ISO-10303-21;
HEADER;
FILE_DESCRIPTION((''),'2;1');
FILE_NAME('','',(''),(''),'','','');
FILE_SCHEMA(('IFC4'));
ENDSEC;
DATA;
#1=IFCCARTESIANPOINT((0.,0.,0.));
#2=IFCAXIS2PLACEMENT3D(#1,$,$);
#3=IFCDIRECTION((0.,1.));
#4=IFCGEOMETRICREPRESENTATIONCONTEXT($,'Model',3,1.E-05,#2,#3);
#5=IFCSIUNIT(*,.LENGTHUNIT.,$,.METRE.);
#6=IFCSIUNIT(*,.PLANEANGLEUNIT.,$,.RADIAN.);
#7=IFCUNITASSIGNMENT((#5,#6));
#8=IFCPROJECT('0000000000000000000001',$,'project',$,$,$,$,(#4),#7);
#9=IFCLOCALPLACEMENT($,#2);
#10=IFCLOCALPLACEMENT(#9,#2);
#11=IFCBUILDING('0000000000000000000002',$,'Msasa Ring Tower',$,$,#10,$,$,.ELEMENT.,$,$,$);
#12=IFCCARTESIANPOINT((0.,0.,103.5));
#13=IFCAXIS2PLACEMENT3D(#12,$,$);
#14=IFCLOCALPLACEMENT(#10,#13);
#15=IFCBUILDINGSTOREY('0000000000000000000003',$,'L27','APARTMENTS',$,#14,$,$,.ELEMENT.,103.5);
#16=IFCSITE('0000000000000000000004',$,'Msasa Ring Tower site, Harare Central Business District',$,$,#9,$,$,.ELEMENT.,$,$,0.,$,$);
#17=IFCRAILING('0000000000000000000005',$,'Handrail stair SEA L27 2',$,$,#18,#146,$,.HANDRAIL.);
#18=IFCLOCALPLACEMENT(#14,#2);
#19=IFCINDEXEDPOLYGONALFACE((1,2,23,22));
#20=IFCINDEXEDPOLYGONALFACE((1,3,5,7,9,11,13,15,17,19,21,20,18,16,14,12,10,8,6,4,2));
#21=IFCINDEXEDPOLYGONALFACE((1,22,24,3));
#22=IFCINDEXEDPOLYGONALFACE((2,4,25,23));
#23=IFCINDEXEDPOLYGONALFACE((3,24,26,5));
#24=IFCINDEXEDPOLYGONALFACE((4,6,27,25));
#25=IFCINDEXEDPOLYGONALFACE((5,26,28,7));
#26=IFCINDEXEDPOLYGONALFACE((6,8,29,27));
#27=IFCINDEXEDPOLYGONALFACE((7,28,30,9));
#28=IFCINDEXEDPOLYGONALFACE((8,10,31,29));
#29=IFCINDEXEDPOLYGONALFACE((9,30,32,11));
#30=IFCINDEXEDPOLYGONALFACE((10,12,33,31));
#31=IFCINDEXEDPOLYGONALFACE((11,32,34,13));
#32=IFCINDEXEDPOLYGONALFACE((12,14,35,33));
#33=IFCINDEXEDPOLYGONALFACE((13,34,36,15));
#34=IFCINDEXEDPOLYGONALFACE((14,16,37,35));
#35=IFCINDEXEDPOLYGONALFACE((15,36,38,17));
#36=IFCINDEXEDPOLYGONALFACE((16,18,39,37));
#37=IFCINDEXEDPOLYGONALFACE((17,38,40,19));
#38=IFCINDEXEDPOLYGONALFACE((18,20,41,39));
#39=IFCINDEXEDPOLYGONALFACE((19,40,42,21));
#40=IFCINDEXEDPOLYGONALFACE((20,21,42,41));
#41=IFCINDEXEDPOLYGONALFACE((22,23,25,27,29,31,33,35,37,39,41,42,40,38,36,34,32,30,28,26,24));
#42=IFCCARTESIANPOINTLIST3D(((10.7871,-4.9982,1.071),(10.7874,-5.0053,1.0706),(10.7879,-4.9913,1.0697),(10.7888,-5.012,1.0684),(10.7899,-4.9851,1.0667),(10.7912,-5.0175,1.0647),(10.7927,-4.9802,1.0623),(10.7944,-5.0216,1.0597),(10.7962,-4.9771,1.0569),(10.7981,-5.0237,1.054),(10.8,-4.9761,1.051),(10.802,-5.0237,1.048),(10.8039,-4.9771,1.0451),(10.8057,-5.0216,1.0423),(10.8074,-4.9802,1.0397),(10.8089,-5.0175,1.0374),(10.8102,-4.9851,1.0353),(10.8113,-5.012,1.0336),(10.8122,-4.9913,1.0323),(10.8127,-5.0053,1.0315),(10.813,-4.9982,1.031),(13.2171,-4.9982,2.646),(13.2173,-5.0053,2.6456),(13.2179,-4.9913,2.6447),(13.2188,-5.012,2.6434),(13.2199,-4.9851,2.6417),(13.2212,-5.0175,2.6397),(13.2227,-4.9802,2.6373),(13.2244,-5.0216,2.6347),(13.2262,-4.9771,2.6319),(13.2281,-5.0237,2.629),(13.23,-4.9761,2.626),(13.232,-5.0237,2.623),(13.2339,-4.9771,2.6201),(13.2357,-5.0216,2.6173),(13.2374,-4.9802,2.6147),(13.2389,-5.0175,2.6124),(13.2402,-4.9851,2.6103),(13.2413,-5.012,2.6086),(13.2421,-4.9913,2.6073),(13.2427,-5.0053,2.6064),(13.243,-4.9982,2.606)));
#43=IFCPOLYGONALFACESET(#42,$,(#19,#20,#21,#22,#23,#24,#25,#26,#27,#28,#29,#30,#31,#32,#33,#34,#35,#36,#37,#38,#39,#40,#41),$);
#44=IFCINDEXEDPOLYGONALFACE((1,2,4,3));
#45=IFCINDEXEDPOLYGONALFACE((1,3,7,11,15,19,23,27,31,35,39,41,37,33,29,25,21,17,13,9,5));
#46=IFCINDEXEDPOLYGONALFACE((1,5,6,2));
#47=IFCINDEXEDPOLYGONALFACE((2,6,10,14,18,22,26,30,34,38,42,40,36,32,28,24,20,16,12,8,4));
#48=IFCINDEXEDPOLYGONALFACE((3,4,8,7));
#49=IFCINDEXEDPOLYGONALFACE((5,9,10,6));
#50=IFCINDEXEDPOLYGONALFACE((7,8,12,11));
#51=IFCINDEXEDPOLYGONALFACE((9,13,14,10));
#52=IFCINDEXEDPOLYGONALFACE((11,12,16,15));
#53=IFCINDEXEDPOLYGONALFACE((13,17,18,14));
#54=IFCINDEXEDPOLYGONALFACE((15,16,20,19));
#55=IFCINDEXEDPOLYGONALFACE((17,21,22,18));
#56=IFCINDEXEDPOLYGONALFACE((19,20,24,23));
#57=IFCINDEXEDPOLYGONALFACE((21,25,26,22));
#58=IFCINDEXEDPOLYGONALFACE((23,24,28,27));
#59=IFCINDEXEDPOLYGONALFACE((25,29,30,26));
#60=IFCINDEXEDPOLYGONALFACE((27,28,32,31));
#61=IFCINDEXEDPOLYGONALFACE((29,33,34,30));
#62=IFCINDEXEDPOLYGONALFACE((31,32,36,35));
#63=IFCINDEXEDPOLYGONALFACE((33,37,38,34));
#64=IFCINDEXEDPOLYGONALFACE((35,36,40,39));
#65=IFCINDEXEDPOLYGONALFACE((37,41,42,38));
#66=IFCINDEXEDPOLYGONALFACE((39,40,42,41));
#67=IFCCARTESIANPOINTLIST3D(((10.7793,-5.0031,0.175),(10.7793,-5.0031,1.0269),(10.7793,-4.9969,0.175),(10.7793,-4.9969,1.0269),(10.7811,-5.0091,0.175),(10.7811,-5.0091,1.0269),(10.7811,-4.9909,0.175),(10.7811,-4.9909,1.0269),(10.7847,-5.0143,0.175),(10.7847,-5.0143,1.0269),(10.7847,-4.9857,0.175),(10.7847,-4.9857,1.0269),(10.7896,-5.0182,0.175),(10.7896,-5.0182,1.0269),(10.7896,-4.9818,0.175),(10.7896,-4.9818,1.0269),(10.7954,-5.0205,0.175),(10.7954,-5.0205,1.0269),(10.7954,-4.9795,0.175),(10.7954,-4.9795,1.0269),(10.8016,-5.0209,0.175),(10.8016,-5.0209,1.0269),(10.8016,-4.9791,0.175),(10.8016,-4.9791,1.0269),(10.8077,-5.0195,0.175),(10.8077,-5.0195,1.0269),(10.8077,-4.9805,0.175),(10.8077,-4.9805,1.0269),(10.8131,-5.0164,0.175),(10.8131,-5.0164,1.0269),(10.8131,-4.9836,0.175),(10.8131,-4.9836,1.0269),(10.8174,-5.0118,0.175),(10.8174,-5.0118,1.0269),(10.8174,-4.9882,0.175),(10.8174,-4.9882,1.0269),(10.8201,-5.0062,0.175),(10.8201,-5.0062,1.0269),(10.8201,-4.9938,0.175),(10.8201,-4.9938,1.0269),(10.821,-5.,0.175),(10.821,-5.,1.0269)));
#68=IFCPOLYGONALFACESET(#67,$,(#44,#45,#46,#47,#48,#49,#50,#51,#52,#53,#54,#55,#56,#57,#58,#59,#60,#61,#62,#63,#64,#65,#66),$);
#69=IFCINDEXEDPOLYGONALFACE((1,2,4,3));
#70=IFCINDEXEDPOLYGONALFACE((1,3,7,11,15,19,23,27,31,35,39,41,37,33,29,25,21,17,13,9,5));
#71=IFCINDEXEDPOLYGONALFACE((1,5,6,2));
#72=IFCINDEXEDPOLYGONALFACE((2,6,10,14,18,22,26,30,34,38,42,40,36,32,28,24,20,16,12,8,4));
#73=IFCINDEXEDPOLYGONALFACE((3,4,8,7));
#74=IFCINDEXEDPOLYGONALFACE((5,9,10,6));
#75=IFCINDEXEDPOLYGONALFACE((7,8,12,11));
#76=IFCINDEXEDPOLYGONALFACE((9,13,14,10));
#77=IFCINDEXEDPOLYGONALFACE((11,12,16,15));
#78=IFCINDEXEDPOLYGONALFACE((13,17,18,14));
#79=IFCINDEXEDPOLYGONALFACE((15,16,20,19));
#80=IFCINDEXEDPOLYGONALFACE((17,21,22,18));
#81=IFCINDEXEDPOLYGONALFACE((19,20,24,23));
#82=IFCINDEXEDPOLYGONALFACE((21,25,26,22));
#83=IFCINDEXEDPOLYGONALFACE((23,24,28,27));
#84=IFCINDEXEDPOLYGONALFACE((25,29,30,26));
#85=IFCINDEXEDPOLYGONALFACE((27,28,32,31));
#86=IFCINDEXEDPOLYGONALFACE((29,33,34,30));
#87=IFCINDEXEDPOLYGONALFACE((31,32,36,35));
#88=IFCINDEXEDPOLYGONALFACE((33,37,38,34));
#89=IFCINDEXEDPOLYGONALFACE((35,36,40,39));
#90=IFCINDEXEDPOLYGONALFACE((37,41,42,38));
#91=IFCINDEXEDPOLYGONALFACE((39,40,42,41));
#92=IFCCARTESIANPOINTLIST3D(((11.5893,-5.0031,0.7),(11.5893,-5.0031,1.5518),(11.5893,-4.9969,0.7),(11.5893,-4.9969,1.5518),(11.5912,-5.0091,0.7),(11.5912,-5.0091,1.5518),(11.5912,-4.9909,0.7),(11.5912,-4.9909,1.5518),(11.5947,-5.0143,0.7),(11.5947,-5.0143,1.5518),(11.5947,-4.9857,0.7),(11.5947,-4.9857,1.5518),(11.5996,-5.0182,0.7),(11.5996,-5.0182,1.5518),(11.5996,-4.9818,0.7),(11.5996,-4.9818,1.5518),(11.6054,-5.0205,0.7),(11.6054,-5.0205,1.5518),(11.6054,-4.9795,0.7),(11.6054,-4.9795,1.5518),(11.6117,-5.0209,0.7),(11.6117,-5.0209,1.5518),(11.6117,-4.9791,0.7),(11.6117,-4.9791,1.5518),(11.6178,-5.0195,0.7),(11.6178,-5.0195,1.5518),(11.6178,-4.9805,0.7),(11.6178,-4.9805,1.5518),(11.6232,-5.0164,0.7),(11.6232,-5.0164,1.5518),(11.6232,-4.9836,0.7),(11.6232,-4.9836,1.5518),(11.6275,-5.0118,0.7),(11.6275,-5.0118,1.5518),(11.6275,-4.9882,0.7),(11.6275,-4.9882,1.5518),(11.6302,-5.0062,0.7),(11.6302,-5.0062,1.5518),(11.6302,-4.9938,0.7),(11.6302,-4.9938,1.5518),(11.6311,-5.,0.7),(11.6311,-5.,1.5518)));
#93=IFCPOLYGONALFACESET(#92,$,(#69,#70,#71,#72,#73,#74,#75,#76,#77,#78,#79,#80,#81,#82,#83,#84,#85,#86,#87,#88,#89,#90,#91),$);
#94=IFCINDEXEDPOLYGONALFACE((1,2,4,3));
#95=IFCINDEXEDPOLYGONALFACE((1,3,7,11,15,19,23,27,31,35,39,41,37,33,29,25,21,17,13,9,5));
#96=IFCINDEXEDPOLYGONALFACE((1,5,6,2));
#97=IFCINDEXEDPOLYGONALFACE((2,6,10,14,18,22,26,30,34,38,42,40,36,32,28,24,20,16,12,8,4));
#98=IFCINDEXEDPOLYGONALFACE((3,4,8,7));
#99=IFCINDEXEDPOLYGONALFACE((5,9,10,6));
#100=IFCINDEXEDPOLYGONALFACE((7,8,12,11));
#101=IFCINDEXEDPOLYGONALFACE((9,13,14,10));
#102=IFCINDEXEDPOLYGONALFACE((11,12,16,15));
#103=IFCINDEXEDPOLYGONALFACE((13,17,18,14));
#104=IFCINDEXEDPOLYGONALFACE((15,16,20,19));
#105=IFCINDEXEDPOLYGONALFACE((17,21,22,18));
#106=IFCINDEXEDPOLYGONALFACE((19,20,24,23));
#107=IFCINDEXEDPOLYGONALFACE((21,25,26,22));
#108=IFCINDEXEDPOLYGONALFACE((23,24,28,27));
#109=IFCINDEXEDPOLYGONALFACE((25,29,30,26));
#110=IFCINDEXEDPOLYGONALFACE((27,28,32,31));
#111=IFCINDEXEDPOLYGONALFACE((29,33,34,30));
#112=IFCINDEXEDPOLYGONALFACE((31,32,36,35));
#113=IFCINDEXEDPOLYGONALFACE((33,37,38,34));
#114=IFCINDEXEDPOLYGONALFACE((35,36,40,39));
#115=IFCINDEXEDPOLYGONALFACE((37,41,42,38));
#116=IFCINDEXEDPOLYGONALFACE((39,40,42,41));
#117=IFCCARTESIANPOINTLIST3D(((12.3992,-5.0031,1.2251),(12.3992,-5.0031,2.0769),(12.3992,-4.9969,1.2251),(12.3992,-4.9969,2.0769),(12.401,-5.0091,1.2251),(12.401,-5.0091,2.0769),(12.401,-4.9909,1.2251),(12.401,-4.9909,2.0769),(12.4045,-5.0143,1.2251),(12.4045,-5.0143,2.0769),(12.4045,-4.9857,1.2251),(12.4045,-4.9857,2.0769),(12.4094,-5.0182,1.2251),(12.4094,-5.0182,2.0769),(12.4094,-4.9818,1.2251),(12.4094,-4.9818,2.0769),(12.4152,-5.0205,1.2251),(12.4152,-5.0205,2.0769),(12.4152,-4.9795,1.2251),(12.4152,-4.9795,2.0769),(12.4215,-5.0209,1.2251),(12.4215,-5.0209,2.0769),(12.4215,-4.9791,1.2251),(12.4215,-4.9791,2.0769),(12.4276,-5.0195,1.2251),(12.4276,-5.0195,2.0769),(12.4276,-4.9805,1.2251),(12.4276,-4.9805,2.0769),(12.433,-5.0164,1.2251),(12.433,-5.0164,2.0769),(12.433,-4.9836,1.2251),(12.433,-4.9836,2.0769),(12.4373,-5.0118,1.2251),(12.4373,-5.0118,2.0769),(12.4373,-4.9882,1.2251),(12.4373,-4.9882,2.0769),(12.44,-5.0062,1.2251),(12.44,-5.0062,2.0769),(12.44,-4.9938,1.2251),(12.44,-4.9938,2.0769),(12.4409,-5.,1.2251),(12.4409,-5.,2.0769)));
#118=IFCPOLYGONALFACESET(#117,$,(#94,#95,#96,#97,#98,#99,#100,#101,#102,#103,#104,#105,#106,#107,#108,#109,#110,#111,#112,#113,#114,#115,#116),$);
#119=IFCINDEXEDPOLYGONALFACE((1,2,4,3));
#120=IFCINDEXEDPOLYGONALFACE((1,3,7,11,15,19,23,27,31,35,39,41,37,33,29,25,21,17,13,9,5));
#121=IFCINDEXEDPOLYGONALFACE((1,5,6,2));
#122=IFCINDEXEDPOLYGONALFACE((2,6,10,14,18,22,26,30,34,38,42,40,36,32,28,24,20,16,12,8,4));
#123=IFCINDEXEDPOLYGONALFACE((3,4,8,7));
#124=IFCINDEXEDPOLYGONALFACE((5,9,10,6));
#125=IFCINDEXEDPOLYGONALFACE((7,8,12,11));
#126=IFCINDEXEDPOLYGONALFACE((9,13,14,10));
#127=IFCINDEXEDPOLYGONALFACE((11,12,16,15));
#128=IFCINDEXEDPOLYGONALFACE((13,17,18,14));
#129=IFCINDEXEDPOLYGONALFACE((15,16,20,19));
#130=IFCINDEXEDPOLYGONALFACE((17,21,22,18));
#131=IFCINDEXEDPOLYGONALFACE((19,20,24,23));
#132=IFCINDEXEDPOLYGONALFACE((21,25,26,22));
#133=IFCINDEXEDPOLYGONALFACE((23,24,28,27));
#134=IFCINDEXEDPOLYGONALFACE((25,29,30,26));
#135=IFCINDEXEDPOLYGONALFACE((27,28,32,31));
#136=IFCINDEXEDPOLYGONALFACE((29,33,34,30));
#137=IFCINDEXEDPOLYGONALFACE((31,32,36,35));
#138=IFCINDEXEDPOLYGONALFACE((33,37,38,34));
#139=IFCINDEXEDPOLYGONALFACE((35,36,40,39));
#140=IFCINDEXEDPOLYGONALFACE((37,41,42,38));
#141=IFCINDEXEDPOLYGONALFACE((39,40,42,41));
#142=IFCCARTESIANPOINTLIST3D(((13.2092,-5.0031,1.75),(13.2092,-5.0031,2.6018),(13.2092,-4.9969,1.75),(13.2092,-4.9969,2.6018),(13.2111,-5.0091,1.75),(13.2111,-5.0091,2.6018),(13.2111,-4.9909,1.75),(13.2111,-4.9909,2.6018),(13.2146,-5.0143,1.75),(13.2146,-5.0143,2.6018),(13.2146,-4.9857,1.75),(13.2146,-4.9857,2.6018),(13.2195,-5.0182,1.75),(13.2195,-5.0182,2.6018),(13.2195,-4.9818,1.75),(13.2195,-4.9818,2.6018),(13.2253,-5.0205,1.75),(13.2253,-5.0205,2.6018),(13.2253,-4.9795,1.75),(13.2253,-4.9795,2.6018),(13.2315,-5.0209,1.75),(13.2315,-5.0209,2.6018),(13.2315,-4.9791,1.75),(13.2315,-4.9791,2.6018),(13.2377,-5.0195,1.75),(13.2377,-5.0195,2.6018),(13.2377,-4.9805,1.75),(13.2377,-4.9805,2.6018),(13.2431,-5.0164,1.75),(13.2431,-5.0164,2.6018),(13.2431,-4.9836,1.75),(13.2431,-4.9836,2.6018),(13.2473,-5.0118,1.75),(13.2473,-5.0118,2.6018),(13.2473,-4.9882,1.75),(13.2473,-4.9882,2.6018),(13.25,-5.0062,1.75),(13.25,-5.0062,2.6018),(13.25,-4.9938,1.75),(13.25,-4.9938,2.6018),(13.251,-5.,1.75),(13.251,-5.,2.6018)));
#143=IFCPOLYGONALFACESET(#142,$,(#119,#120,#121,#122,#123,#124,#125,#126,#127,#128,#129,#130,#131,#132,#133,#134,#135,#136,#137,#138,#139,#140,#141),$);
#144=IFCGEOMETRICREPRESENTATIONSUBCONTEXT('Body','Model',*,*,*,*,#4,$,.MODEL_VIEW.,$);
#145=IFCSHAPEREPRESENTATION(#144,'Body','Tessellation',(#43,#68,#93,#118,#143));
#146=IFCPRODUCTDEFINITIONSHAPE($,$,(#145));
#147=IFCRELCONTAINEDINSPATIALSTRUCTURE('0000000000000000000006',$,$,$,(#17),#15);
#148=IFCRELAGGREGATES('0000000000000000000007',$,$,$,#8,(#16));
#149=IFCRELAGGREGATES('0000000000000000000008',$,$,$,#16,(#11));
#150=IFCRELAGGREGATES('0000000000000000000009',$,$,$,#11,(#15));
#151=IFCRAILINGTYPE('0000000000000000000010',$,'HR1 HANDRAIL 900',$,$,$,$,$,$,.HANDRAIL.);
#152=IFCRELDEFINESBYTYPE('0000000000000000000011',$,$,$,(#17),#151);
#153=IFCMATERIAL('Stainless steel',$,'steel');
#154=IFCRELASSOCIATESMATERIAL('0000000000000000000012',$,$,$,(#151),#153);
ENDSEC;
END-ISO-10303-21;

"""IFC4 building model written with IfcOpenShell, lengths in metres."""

from ifc_helpers import new_model, si_unit, direction, frame, origin, origin_2d, place, context, subcontext, project, spatial, circle, extrude, material, type_object, element, save


model = new_model("IFC4")

# Units and contexts
model_context = context("Model", 3, precision=1e-05, world=origin(), true_north=direction((0.0, 1.0)))
body_context = subcontext(model_context, "Body", "Model", "MODEL_VIEW")
ifc_project = project(units=[si_unit("LENGTHUNIT", "METRE"), si_unit("PLANEANGLEUNIT", "RADIAN")], contexts=[model_context])

# Site, building, storey
site_placement = place(None, origin())
site = spatial("IfcSite", under=ifc_project, at=site_placement, Name="Msasa Ring Tower site, Harare Central Business District", CompositionType="ELEMENT", RefElevation=0.0)
building_placement = place(site_placement, origin())
building = spatial("IfcBuilding", under=site, at=building_placement, Name="Msasa Ring Tower", CompositionType="ELEMENT")
storey_placement = place(building_placement, frame((0.0, 0.0, 103.5)))
storey = spatial("IfcBuildingStorey", under=building, at=storey_placement, Name="L27", Description="APARTMENTS", CompositionType="ELEMENT", Elevation=103.5)

# Railing
ifc_material_1 = material(Name="Stainless steel", Category="steel")
railing_type = type_object("IfcRailingType", Name="HR1 HANDRAIL 900", PredefinedType="HANDRAIL", material=ifc_material_1)
for number, where, name in (
    (1, (10.8, -5.0, 0.175), "Handrail stair SEA L27 2"),
):
    element("IfcRailing", number, at=place(storey_placement, frame(where)), inside=storey, type_object=railing_type, Name=name, PredefinedType="HANDRAIL", context=body_context, shape_type="SweptSolid", body=[
        extrude(circle(Radius=0.0239, at=origin_2d()), frame((0.0, 0.0, 0.876), z_axis=(0.839154, 0.0, 0.543894), x_axis=(0.0, 1.0, 0.0)), (0.0, 0.0, 1.0), 2.8958),
        extrude(circle(Radius=0.021, at=origin_2d()), origin(), (0.0, 0.0, 1.0), 0.8518),
        extrude(circle(Radius=0.021, at=origin_2d()), frame((0.8101, 0.0, 0.5249)), (0.0, 0.0, 1.0), 0.8518),
        extrude(circle(Radius=0.021, at=origin_2d()), frame((1.6199, 0.0, 1.05)), (0.0, 0.0, 1.0), 0.8518),
        extrude(circle(Radius=0.021, at=origin_2d()), frame((2.4299, 0.0, 1.575)), (0.0, 0.0, 1.0), 0.8518),
    ])

save(model, "model.ifc")
